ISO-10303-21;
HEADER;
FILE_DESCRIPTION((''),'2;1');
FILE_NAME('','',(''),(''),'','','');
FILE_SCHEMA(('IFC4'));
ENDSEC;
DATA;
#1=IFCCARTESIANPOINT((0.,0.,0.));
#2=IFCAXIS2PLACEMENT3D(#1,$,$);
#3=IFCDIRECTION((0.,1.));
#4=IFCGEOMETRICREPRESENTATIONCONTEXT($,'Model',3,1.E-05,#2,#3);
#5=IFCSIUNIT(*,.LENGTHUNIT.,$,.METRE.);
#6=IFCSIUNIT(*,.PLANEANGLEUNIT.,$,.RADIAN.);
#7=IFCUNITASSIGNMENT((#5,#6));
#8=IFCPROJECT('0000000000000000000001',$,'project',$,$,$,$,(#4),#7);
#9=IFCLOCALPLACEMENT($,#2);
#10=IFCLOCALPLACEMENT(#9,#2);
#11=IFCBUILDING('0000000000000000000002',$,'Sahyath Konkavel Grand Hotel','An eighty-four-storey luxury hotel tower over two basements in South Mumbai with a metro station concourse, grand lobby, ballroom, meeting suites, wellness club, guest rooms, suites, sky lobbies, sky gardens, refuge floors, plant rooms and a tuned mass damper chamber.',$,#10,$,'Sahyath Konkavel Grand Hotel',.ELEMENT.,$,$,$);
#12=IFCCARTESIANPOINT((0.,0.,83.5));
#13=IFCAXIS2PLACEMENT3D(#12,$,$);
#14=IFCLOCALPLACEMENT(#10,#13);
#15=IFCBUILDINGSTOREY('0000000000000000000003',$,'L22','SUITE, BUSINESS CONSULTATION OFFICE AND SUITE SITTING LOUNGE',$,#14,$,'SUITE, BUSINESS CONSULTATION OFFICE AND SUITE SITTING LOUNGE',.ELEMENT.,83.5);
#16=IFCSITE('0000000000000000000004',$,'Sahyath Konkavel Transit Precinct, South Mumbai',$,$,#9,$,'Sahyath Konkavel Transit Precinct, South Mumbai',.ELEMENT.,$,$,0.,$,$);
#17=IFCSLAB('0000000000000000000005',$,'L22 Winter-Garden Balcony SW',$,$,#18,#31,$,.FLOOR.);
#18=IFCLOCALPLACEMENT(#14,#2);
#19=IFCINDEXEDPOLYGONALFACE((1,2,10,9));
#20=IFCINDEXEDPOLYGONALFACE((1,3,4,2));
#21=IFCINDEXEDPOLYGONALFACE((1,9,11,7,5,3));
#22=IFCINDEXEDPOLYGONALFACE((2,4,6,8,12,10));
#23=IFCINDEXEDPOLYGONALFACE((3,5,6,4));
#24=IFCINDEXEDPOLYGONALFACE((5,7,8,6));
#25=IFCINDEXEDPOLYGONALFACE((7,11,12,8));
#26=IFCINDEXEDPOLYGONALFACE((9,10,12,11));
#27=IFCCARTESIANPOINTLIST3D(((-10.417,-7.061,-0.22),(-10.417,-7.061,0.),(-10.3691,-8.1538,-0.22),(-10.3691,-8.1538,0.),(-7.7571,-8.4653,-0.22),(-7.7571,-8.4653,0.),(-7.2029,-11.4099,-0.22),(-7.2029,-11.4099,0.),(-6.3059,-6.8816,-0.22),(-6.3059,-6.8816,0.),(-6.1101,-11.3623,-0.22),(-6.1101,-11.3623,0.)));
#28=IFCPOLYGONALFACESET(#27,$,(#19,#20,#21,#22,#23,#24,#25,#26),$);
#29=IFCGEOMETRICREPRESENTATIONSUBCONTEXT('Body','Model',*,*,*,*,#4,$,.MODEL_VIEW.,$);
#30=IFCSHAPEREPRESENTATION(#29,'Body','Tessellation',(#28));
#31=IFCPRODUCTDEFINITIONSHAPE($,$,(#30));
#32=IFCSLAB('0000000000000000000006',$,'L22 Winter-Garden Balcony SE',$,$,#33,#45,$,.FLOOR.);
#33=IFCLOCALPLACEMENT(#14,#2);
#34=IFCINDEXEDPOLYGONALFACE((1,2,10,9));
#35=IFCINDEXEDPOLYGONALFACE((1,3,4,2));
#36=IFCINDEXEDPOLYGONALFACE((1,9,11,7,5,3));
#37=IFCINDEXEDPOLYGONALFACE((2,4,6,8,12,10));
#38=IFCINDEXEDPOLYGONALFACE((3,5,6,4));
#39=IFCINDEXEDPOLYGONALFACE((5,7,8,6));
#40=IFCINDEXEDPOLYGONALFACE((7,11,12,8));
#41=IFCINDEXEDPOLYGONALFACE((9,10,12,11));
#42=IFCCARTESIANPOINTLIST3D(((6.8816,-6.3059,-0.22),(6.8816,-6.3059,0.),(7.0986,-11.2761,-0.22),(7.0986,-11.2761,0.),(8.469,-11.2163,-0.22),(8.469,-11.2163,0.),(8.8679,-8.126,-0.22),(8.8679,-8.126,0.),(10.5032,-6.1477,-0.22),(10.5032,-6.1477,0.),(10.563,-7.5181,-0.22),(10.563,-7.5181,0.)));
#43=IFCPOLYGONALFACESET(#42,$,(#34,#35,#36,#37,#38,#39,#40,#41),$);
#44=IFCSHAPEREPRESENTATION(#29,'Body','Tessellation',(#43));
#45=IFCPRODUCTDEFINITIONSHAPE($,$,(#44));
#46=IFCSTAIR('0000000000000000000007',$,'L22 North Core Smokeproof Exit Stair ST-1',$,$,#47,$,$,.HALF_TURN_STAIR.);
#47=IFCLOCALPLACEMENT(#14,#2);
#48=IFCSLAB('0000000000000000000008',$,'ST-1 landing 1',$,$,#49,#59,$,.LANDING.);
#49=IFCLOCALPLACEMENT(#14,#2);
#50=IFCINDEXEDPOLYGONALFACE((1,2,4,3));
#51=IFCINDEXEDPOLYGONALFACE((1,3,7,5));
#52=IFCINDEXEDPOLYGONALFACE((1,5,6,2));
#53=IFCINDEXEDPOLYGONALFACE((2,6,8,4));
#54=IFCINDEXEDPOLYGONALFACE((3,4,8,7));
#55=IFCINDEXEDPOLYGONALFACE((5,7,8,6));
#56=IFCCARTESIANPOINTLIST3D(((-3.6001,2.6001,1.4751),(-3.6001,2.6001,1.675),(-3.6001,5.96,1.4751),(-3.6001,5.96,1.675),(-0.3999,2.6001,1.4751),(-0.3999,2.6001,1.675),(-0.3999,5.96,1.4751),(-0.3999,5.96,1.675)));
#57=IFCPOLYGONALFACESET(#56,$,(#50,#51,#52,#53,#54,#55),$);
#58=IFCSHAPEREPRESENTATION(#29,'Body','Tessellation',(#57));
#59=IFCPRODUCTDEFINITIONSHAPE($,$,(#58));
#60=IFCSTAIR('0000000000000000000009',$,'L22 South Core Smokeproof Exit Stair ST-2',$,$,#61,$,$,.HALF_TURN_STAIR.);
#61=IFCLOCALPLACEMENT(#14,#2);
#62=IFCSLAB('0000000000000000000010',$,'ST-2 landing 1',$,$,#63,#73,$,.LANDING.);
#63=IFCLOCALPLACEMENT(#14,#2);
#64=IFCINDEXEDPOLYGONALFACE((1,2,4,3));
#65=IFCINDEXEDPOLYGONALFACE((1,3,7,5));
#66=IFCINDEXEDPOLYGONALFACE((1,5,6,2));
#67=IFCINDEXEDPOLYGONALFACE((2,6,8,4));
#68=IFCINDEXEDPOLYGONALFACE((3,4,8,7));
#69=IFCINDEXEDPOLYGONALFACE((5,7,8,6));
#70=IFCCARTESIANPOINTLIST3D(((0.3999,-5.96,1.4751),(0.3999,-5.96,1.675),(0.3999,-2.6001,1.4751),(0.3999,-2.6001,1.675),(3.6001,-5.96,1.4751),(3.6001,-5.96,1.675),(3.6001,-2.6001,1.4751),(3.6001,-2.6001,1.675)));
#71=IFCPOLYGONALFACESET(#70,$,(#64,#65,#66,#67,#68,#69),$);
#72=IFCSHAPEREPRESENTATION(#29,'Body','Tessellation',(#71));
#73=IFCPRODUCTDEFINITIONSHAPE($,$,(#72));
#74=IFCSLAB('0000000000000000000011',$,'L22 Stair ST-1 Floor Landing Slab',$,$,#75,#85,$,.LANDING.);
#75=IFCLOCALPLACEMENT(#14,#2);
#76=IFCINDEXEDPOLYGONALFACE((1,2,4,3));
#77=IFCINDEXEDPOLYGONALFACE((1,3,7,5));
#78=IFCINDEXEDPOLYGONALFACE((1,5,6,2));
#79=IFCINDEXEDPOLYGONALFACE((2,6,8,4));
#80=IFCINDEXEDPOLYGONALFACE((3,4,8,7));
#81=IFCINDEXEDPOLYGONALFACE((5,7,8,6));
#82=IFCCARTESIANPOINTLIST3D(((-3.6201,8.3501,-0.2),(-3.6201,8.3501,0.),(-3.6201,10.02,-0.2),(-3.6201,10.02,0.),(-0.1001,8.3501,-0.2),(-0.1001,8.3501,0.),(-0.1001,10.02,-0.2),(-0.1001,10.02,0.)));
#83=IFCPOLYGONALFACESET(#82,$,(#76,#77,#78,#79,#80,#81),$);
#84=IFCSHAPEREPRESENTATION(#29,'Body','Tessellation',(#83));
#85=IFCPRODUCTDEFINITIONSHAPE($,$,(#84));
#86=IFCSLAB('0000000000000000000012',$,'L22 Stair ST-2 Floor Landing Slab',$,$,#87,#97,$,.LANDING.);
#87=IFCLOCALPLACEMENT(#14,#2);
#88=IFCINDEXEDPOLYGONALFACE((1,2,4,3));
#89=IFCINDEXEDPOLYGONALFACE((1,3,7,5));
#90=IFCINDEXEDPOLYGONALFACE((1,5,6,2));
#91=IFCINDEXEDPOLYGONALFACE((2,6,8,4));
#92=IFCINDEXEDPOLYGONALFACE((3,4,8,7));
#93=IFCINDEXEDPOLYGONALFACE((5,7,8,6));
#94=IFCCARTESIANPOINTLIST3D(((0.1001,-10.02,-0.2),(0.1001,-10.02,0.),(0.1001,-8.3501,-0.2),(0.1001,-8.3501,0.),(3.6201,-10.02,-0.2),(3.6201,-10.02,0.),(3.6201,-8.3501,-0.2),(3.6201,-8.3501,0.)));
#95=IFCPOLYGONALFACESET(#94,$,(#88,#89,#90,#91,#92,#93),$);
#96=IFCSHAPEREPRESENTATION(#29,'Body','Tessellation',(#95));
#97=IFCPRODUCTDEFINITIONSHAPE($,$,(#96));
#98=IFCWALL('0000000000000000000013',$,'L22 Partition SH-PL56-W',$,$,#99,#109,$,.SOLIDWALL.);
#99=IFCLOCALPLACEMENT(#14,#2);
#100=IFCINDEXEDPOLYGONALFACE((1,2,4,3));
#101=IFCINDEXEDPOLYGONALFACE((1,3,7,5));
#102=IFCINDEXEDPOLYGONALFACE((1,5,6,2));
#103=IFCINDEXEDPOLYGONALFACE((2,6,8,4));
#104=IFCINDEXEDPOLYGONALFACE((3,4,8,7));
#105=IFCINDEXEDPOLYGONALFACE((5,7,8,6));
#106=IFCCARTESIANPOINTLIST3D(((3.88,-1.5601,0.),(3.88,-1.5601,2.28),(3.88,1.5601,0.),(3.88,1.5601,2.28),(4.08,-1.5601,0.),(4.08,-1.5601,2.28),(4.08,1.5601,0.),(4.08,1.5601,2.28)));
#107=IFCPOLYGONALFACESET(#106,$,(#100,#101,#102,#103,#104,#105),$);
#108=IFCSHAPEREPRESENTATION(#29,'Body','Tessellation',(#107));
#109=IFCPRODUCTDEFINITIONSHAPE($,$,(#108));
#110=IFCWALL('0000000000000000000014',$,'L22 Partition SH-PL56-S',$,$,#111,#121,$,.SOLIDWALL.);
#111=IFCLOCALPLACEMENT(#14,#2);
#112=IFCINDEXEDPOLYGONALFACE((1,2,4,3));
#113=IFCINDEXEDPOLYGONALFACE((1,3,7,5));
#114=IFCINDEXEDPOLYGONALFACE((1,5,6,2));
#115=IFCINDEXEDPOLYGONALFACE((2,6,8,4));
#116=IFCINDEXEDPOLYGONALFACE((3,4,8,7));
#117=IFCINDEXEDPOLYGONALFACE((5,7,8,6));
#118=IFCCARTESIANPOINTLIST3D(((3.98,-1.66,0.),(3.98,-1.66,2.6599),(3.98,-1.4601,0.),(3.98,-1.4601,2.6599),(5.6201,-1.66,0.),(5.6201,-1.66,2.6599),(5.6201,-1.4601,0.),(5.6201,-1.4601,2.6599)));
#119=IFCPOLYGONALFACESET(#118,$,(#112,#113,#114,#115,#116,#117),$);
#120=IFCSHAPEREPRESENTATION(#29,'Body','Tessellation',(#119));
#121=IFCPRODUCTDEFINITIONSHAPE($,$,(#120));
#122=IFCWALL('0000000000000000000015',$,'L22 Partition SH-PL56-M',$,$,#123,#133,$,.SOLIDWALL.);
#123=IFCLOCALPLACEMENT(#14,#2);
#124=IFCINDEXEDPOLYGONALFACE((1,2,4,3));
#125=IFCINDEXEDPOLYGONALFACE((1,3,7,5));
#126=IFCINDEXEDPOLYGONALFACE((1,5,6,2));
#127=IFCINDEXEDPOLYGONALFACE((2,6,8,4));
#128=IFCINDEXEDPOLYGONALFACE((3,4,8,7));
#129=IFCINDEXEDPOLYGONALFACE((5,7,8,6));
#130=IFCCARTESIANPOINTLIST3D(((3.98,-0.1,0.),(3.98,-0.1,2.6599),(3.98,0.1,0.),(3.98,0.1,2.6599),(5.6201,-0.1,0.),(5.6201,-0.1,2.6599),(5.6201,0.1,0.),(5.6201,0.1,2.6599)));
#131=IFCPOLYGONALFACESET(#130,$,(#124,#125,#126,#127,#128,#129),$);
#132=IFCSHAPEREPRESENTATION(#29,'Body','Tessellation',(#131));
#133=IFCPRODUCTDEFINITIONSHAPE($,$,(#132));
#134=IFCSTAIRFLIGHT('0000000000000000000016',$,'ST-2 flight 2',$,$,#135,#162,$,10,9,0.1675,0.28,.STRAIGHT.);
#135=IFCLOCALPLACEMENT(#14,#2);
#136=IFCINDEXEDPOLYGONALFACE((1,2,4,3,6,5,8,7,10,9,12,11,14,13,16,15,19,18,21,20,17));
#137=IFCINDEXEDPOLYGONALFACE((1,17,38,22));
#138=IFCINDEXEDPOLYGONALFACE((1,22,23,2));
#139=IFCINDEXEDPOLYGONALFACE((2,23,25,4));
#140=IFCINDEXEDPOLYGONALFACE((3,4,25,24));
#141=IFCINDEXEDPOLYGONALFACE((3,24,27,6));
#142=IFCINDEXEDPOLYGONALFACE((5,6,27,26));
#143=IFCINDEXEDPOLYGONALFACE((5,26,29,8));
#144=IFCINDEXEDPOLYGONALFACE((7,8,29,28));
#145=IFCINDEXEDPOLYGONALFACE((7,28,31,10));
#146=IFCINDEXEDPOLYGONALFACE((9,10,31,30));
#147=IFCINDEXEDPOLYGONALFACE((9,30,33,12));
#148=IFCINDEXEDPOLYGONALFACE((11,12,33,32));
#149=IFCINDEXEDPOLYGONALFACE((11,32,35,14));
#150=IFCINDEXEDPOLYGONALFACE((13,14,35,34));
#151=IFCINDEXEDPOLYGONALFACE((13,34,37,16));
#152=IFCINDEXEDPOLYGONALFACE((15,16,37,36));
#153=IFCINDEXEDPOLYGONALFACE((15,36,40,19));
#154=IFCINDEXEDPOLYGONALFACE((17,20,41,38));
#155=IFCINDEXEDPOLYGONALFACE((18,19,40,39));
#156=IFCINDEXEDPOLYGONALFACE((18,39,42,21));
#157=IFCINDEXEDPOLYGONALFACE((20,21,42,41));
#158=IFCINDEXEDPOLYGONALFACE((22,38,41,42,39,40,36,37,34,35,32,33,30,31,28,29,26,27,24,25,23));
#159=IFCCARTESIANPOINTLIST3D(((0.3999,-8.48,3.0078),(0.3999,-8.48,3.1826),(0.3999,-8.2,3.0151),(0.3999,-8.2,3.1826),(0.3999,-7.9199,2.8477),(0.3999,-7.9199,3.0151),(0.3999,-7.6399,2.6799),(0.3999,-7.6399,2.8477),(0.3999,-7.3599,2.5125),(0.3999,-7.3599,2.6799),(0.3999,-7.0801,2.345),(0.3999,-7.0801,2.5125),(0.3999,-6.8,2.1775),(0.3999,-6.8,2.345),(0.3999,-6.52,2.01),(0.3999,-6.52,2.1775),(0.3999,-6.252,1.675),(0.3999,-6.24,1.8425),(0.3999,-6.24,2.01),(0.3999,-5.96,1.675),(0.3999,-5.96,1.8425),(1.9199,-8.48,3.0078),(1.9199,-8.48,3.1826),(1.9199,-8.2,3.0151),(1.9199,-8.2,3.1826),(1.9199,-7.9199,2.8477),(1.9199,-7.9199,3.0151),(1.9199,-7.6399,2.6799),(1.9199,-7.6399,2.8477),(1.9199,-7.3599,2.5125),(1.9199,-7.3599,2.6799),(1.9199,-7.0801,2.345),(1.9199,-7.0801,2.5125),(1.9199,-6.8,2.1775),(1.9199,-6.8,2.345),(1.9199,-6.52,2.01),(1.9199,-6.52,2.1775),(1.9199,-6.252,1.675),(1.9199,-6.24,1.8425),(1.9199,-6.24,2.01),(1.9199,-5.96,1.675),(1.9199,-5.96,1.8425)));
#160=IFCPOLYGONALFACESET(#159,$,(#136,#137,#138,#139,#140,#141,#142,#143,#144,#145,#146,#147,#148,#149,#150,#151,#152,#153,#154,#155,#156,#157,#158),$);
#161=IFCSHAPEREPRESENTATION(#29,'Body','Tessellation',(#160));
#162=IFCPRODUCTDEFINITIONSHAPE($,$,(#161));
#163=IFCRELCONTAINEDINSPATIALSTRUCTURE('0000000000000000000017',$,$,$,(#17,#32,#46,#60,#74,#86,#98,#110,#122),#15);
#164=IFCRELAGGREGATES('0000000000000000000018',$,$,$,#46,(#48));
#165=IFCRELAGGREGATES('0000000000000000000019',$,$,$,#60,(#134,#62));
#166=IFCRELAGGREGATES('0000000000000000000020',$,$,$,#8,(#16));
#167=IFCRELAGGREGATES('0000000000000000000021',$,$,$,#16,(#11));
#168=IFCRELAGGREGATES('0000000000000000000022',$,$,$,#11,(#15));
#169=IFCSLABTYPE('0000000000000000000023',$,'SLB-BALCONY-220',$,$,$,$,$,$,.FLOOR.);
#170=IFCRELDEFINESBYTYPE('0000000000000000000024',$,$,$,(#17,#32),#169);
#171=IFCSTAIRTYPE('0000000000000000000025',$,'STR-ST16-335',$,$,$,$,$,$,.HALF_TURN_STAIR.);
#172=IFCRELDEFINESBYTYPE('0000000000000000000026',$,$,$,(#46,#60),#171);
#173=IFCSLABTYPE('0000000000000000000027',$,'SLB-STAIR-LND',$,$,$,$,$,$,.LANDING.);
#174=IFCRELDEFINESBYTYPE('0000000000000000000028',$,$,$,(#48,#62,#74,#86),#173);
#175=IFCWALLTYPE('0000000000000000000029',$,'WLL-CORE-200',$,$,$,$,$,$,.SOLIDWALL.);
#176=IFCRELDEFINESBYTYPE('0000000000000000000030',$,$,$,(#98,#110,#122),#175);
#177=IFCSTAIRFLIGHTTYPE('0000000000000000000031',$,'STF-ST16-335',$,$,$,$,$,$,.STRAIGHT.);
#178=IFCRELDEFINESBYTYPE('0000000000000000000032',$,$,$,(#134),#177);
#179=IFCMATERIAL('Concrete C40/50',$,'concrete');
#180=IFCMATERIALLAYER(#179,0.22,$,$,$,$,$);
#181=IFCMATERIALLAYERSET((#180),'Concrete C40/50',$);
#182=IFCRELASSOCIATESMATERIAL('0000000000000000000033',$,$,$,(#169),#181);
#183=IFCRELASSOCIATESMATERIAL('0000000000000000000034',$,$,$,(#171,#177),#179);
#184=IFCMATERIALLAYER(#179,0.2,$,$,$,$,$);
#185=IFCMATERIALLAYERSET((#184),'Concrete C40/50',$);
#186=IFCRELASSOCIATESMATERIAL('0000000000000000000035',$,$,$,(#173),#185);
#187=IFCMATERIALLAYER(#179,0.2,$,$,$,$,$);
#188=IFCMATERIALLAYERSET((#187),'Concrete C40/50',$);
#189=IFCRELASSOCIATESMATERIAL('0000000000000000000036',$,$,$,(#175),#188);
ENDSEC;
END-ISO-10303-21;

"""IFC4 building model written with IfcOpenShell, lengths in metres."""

from ifc_helpers import new_model, si_unit, direction, frame, frame_2d, origin, place, context, subcontext, project, spatial, polyline, rectangle, outline, extrude, material, layer, layer_set, type_object, element, aggregate, save


model = new_model("IFC4")

# Units and contexts
model_context = context("Model", 3, precision=1e-05, world=origin(), true_north=direction((0.0, 1.0)))
body_context = subcontext(model_context, "Body", "Model", "MODEL_VIEW")
ifc_project = project(units=[si_unit("LENGTHUNIT", "METRE"), si_unit("PLANEANGLEUNIT", "RADIAN")], contexts=[model_context])

# Site, building, storey
site_placement = place(None, origin())
site = spatial("IfcSite", under=ifc_project, at=site_placement, Name="Sahyath Konkavel Transit Precinct, South Mumbai", LongName="Sahyath Konkavel Transit Precinct, South Mumbai", CompositionType="ELEMENT", RefElevation=0.0)
building_placement = place(site_placement, origin())
building = spatial("IfcBuilding", under=site, at=building_placement, Name="Sahyath Konkavel Grand Hotel", Description="An eighty-four-storey luxury hotel tower over two basements in South Mumbai with a metro station concourse, grand lobby, ballroom, meeting suites, wellness club, guest rooms, suites, sky lobbies, sky gardens, refuge floors, plant rooms and a tuned mass damper chamber.", LongName="Sahyath Konkavel Grand Hotel", CompositionType="ELEMENT")
storey_placement = place(building_placement, frame((0.0, 0.0, 83.5)))
storey = spatial("IfcBuildingStorey", under=building, at=storey_placement, Name="L22", Description="SUITE, BUSINESS CONSULTATION OFFICE AND SUITE SITTING LOUNGE", LongName="SUITE, BUSINESS CONSULTATION OFFICE AND SUITE SITTING LOUNGE", CompositionType="ELEMENT", Elevation=83.5)

# Slabs
ifc_material_1 = material(Name="Concrete C40/50", Category="concrete")
ifc_layer_1 = layer(ifc_material_1, 0.22)
ifc_layer_set_1 = layer_set([ifc_layer_1], Name="Concrete C40/50")
slab_type_1 = type_object("IfcSlabType", Name="SLB-BALCONY-220", PredefinedType="FLOOR", material=ifc_layer_set_1)
slab_1_placement = place(storey_placement, frame((0.0, 0.0, -0.22)))
element("IfcSlab", 1, at=slab_1_placement, inside=storey, type_object=slab_type_1, Name="L22 Winter-Garden Balcony SW", PredefinedType="FLOOR", context=body_context, shape_type="SweptSolid", body=[
    extrude(outline(polyline([(-6.3059, -6.8816), (-10.417, -7.061), (-10.3691, -8.1538), (-7.7571, -8.4653), (-7.2029, -11.4099), (-6.1101, -11.3623), (-6.3059, -6.8816)])), origin(), (0.0, 0.0, 1.0), 0.22),
])
slab_2_placement = place(storey_placement, frame((0.0, 0.0, -0.22)))
element("IfcSlab", 2, at=slab_2_placement, inside=storey, type_object=slab_type_1, Name="L22 Winter-Garden Balcony SE", PredefinedType="FLOOR", context=body_context, shape_type="SweptSolid", body=[
    extrude(outline(polyline([(6.8816, -6.3059), (7.0986, -11.2761), (8.469, -11.2163), (8.8679, -8.126), (10.563, -7.5181), (10.5032, -6.1477), (6.8816, -6.3059)])), origin(), (0.0, 0.0, 1.0), 0.22),
])

# Stairs, slabs
stair_type = type_object("IfcStairType", Name="STR-ST16-335", PredefinedType="HALF_TURN_STAIR", material=ifc_material_1)
stair_1_placement = place(storey_placement, origin())
stair_1 = element("IfcStair", 3, at=stair_1_placement, inside=storey, type_object=stair_type, Name="L22 North Core Smokeproof Exit Stair ST-1", PredefinedType="HALF_TURN_STAIR")
ifc_layer_2 = layer(ifc_material_1, 0.2)
ifc_layer_set_2 = layer_set([ifc_layer_2], Name="Concrete C40/50")
slab_type_2 = type_object("IfcSlabType", Name="SLB-STAIR-LND", PredefinedType="LANDING", material=ifc_layer_set_2)
slab_3_placement = place(storey_placement, frame((0.0, 0.0, 1.4751)))
slab_3 = element("IfcSlab", 4, at=slab_3_placement, type_object=slab_type_2, Name="ST-1 landing 1", PredefinedType="LANDING", context=body_context, shape_type="SweptSolid", body=[
    extrude(outline(polyline([(-3.6001, 5.96), (-3.6001, 2.6001), (-0.3999, 2.6001), (-0.3999, 5.96), (-3.6001, 5.96)])), origin(), (0.0, 0.0, 1.0), 0.2),
])
aggregate(stair_1, [slab_3])
stair_2_placement = place(storey_placement, origin())
stair_2 = element("IfcStair", 5, at=stair_2_placement, inside=storey, type_object=stair_type, Name="L22 South Core Smokeproof Exit Stair ST-2", PredefinedType="HALF_TURN_STAIR")
slab_4_placement = place(storey_placement, frame((0.0, 0.0, 1.4751)))
slab_4 = element("IfcSlab", 6, at=slab_4_placement, type_object=slab_type_2, Name="ST-2 landing 1", PredefinedType="LANDING", context=body_context, shape_type="SweptSolid", body=[
    extrude(outline(polyline([(3.6001, -5.96), (3.6001, -2.6001), (0.3999, -2.6001), (0.3999, -5.96), (3.6001, -5.96)])), origin(), (0.0, 0.0, 1.0), 0.2),
])

# Slabs
slab_5_placement = place(storey_placement, frame((0.0, 0.0, -0.2)))
element("IfcSlab", 7, at=slab_5_placement, inside=storey, type_object=slab_type_2, Name="L22 Stair ST-1 Floor Landing Slab", PredefinedType="LANDING", context=body_context, shape_type="SweptSolid", body=[
    extrude(outline(polyline([(-3.6201, 8.3501), (-0.1001, 8.3501), (-0.1001, 10.02), (-3.6201, 10.02), (-3.6201, 8.3501)])), origin(), (0.0, 0.0, 1.0), 0.2),
])
slab_6_placement = place(storey_placement, frame((0.0, 0.0, -0.2)))
element("IfcSlab", 8, at=slab_6_placement, inside=storey, type_object=slab_type_2, Name="L22 Stair ST-2 Floor Landing Slab", PredefinedType="LANDING", context=body_context, shape_type="SweptSolid", body=[
    extrude(outline(polyline([(0.1001, -10.02), (3.6201, -10.02), (3.6201, -8.3501), (0.1001, -8.3501), (0.1001, -10.02)])), origin(), (0.0, 0.0, 1.0), 0.2),
])

# Walls
ifc_layer_3 = layer(ifc_material_1, 0.2)
ifc_layer_set_3 = layer_set([ifc_layer_3], Name="Concrete C40/50")
wall_type = type_object("IfcWallType", Name="WLL-CORE-200", PredefinedType="SOLIDWALL", material=ifc_layer_set_3)
wall_placement = place(storey_placement, frame((3.98, -1.5601, 0.0), z_axis=(0.0, 0.0, 1.0), x_axis=(0.0, 1.0, 0.0)))
element("IfcWall", 9, at=wall_placement, inside=storey, type_object=wall_type, Name="L22 Partition SH-PL56-W", PredefinedType="SOLIDWALL", context=body_context, shape_type="SweptSolid", body=[
    extrude(rectangle(XDim=3.1201, YDim=0.2, at=frame_2d((1.5601, 0.0))), origin(), (0.0, 0.0, 1.0), 2.28),
])
for number, where, z_axis, x_axis, name in (
    (10, (3.98, -1.5601, 0.0), (0.0, 0.0, 1.0), (1.0, 0.0, 0.0), "L22 Partition SH-PL56-S"),
    (11, (3.98, 0.0, 0.0), (0.0, 0.0, 1.0), (1.0, 0.0, 0.0), "L22 Partition SH-PL56-M"),
):
    element("IfcWall", number, at=place(storey_placement, frame(where, z_axis=z_axis, x_axis=x_axis)), inside=storey, type_object=wall_type, Name=name, PredefinedType="SOLIDWALL", context=body_context, shape_type="SweptSolid", body=[
        extrude(rectangle(XDim=1.6401, YDim=0.2, at=frame_2d((0.8201, 0.0))), origin(), (0.0, 0.0, 1.0), 2.6599),
    ])

# Stair flight
stair_flight_type = type_object("IfcStairFlightType", Name="STF-ST16-335", PredefinedType="STRAIGHT", material=ifc_material_1)
stair_flight_placement = place(storey_placement, frame((1.1599, -5.96, 1.675), z_axis=(0.0, 0.0, 1.0), x_axis=(0.0, -1.0, 0.0)))
stair_flight = element("IfcStairFlight", 12, at=stair_flight_placement, type_object=stair_flight_type, Name="ST-2 flight 2", NumberOfRisers=10, NumberOfTreads=9, PredefinedType="STRAIGHT", RiserHeight=0.1675, TreadLength=0.28, context=body_context, shape_type="SweptSolid", body=[
    extrude(outline(polyline([(0.0, 0.0), (0.0, 0.1675), (0.28, 0.1675), (0.28, 0.335), (0.5601, 0.335), (0.5601, 0.5024), (0.8401, 0.5024), (0.8401, 0.6699), (1.1201, 0.6699), (1.1201, 0.8374), (1.3999, 0.8374), (1.3999, 1.0049), (1.6799, 1.0049), (1.6799, 1.1726), (1.96, 1.1726), (1.96, 1.3401), (2.24, 1.3401), (2.24, 1.5076), (2.52, 1.5076), (2.52, 1.675), (2.52, 1.3328), (0.292, 0.0), (0.0, 0.0)])), frame((0.0, 0.76, 0.0), z_axis=(0.0, -1.0, 0.0), x_axis=(1.0, 0.0, 0.0)), (0.0, 0.0, 1.0), 1.52),
])
aggregate(stair_2, [stair_flight, slab_4])

save(model, "model.ifc")
